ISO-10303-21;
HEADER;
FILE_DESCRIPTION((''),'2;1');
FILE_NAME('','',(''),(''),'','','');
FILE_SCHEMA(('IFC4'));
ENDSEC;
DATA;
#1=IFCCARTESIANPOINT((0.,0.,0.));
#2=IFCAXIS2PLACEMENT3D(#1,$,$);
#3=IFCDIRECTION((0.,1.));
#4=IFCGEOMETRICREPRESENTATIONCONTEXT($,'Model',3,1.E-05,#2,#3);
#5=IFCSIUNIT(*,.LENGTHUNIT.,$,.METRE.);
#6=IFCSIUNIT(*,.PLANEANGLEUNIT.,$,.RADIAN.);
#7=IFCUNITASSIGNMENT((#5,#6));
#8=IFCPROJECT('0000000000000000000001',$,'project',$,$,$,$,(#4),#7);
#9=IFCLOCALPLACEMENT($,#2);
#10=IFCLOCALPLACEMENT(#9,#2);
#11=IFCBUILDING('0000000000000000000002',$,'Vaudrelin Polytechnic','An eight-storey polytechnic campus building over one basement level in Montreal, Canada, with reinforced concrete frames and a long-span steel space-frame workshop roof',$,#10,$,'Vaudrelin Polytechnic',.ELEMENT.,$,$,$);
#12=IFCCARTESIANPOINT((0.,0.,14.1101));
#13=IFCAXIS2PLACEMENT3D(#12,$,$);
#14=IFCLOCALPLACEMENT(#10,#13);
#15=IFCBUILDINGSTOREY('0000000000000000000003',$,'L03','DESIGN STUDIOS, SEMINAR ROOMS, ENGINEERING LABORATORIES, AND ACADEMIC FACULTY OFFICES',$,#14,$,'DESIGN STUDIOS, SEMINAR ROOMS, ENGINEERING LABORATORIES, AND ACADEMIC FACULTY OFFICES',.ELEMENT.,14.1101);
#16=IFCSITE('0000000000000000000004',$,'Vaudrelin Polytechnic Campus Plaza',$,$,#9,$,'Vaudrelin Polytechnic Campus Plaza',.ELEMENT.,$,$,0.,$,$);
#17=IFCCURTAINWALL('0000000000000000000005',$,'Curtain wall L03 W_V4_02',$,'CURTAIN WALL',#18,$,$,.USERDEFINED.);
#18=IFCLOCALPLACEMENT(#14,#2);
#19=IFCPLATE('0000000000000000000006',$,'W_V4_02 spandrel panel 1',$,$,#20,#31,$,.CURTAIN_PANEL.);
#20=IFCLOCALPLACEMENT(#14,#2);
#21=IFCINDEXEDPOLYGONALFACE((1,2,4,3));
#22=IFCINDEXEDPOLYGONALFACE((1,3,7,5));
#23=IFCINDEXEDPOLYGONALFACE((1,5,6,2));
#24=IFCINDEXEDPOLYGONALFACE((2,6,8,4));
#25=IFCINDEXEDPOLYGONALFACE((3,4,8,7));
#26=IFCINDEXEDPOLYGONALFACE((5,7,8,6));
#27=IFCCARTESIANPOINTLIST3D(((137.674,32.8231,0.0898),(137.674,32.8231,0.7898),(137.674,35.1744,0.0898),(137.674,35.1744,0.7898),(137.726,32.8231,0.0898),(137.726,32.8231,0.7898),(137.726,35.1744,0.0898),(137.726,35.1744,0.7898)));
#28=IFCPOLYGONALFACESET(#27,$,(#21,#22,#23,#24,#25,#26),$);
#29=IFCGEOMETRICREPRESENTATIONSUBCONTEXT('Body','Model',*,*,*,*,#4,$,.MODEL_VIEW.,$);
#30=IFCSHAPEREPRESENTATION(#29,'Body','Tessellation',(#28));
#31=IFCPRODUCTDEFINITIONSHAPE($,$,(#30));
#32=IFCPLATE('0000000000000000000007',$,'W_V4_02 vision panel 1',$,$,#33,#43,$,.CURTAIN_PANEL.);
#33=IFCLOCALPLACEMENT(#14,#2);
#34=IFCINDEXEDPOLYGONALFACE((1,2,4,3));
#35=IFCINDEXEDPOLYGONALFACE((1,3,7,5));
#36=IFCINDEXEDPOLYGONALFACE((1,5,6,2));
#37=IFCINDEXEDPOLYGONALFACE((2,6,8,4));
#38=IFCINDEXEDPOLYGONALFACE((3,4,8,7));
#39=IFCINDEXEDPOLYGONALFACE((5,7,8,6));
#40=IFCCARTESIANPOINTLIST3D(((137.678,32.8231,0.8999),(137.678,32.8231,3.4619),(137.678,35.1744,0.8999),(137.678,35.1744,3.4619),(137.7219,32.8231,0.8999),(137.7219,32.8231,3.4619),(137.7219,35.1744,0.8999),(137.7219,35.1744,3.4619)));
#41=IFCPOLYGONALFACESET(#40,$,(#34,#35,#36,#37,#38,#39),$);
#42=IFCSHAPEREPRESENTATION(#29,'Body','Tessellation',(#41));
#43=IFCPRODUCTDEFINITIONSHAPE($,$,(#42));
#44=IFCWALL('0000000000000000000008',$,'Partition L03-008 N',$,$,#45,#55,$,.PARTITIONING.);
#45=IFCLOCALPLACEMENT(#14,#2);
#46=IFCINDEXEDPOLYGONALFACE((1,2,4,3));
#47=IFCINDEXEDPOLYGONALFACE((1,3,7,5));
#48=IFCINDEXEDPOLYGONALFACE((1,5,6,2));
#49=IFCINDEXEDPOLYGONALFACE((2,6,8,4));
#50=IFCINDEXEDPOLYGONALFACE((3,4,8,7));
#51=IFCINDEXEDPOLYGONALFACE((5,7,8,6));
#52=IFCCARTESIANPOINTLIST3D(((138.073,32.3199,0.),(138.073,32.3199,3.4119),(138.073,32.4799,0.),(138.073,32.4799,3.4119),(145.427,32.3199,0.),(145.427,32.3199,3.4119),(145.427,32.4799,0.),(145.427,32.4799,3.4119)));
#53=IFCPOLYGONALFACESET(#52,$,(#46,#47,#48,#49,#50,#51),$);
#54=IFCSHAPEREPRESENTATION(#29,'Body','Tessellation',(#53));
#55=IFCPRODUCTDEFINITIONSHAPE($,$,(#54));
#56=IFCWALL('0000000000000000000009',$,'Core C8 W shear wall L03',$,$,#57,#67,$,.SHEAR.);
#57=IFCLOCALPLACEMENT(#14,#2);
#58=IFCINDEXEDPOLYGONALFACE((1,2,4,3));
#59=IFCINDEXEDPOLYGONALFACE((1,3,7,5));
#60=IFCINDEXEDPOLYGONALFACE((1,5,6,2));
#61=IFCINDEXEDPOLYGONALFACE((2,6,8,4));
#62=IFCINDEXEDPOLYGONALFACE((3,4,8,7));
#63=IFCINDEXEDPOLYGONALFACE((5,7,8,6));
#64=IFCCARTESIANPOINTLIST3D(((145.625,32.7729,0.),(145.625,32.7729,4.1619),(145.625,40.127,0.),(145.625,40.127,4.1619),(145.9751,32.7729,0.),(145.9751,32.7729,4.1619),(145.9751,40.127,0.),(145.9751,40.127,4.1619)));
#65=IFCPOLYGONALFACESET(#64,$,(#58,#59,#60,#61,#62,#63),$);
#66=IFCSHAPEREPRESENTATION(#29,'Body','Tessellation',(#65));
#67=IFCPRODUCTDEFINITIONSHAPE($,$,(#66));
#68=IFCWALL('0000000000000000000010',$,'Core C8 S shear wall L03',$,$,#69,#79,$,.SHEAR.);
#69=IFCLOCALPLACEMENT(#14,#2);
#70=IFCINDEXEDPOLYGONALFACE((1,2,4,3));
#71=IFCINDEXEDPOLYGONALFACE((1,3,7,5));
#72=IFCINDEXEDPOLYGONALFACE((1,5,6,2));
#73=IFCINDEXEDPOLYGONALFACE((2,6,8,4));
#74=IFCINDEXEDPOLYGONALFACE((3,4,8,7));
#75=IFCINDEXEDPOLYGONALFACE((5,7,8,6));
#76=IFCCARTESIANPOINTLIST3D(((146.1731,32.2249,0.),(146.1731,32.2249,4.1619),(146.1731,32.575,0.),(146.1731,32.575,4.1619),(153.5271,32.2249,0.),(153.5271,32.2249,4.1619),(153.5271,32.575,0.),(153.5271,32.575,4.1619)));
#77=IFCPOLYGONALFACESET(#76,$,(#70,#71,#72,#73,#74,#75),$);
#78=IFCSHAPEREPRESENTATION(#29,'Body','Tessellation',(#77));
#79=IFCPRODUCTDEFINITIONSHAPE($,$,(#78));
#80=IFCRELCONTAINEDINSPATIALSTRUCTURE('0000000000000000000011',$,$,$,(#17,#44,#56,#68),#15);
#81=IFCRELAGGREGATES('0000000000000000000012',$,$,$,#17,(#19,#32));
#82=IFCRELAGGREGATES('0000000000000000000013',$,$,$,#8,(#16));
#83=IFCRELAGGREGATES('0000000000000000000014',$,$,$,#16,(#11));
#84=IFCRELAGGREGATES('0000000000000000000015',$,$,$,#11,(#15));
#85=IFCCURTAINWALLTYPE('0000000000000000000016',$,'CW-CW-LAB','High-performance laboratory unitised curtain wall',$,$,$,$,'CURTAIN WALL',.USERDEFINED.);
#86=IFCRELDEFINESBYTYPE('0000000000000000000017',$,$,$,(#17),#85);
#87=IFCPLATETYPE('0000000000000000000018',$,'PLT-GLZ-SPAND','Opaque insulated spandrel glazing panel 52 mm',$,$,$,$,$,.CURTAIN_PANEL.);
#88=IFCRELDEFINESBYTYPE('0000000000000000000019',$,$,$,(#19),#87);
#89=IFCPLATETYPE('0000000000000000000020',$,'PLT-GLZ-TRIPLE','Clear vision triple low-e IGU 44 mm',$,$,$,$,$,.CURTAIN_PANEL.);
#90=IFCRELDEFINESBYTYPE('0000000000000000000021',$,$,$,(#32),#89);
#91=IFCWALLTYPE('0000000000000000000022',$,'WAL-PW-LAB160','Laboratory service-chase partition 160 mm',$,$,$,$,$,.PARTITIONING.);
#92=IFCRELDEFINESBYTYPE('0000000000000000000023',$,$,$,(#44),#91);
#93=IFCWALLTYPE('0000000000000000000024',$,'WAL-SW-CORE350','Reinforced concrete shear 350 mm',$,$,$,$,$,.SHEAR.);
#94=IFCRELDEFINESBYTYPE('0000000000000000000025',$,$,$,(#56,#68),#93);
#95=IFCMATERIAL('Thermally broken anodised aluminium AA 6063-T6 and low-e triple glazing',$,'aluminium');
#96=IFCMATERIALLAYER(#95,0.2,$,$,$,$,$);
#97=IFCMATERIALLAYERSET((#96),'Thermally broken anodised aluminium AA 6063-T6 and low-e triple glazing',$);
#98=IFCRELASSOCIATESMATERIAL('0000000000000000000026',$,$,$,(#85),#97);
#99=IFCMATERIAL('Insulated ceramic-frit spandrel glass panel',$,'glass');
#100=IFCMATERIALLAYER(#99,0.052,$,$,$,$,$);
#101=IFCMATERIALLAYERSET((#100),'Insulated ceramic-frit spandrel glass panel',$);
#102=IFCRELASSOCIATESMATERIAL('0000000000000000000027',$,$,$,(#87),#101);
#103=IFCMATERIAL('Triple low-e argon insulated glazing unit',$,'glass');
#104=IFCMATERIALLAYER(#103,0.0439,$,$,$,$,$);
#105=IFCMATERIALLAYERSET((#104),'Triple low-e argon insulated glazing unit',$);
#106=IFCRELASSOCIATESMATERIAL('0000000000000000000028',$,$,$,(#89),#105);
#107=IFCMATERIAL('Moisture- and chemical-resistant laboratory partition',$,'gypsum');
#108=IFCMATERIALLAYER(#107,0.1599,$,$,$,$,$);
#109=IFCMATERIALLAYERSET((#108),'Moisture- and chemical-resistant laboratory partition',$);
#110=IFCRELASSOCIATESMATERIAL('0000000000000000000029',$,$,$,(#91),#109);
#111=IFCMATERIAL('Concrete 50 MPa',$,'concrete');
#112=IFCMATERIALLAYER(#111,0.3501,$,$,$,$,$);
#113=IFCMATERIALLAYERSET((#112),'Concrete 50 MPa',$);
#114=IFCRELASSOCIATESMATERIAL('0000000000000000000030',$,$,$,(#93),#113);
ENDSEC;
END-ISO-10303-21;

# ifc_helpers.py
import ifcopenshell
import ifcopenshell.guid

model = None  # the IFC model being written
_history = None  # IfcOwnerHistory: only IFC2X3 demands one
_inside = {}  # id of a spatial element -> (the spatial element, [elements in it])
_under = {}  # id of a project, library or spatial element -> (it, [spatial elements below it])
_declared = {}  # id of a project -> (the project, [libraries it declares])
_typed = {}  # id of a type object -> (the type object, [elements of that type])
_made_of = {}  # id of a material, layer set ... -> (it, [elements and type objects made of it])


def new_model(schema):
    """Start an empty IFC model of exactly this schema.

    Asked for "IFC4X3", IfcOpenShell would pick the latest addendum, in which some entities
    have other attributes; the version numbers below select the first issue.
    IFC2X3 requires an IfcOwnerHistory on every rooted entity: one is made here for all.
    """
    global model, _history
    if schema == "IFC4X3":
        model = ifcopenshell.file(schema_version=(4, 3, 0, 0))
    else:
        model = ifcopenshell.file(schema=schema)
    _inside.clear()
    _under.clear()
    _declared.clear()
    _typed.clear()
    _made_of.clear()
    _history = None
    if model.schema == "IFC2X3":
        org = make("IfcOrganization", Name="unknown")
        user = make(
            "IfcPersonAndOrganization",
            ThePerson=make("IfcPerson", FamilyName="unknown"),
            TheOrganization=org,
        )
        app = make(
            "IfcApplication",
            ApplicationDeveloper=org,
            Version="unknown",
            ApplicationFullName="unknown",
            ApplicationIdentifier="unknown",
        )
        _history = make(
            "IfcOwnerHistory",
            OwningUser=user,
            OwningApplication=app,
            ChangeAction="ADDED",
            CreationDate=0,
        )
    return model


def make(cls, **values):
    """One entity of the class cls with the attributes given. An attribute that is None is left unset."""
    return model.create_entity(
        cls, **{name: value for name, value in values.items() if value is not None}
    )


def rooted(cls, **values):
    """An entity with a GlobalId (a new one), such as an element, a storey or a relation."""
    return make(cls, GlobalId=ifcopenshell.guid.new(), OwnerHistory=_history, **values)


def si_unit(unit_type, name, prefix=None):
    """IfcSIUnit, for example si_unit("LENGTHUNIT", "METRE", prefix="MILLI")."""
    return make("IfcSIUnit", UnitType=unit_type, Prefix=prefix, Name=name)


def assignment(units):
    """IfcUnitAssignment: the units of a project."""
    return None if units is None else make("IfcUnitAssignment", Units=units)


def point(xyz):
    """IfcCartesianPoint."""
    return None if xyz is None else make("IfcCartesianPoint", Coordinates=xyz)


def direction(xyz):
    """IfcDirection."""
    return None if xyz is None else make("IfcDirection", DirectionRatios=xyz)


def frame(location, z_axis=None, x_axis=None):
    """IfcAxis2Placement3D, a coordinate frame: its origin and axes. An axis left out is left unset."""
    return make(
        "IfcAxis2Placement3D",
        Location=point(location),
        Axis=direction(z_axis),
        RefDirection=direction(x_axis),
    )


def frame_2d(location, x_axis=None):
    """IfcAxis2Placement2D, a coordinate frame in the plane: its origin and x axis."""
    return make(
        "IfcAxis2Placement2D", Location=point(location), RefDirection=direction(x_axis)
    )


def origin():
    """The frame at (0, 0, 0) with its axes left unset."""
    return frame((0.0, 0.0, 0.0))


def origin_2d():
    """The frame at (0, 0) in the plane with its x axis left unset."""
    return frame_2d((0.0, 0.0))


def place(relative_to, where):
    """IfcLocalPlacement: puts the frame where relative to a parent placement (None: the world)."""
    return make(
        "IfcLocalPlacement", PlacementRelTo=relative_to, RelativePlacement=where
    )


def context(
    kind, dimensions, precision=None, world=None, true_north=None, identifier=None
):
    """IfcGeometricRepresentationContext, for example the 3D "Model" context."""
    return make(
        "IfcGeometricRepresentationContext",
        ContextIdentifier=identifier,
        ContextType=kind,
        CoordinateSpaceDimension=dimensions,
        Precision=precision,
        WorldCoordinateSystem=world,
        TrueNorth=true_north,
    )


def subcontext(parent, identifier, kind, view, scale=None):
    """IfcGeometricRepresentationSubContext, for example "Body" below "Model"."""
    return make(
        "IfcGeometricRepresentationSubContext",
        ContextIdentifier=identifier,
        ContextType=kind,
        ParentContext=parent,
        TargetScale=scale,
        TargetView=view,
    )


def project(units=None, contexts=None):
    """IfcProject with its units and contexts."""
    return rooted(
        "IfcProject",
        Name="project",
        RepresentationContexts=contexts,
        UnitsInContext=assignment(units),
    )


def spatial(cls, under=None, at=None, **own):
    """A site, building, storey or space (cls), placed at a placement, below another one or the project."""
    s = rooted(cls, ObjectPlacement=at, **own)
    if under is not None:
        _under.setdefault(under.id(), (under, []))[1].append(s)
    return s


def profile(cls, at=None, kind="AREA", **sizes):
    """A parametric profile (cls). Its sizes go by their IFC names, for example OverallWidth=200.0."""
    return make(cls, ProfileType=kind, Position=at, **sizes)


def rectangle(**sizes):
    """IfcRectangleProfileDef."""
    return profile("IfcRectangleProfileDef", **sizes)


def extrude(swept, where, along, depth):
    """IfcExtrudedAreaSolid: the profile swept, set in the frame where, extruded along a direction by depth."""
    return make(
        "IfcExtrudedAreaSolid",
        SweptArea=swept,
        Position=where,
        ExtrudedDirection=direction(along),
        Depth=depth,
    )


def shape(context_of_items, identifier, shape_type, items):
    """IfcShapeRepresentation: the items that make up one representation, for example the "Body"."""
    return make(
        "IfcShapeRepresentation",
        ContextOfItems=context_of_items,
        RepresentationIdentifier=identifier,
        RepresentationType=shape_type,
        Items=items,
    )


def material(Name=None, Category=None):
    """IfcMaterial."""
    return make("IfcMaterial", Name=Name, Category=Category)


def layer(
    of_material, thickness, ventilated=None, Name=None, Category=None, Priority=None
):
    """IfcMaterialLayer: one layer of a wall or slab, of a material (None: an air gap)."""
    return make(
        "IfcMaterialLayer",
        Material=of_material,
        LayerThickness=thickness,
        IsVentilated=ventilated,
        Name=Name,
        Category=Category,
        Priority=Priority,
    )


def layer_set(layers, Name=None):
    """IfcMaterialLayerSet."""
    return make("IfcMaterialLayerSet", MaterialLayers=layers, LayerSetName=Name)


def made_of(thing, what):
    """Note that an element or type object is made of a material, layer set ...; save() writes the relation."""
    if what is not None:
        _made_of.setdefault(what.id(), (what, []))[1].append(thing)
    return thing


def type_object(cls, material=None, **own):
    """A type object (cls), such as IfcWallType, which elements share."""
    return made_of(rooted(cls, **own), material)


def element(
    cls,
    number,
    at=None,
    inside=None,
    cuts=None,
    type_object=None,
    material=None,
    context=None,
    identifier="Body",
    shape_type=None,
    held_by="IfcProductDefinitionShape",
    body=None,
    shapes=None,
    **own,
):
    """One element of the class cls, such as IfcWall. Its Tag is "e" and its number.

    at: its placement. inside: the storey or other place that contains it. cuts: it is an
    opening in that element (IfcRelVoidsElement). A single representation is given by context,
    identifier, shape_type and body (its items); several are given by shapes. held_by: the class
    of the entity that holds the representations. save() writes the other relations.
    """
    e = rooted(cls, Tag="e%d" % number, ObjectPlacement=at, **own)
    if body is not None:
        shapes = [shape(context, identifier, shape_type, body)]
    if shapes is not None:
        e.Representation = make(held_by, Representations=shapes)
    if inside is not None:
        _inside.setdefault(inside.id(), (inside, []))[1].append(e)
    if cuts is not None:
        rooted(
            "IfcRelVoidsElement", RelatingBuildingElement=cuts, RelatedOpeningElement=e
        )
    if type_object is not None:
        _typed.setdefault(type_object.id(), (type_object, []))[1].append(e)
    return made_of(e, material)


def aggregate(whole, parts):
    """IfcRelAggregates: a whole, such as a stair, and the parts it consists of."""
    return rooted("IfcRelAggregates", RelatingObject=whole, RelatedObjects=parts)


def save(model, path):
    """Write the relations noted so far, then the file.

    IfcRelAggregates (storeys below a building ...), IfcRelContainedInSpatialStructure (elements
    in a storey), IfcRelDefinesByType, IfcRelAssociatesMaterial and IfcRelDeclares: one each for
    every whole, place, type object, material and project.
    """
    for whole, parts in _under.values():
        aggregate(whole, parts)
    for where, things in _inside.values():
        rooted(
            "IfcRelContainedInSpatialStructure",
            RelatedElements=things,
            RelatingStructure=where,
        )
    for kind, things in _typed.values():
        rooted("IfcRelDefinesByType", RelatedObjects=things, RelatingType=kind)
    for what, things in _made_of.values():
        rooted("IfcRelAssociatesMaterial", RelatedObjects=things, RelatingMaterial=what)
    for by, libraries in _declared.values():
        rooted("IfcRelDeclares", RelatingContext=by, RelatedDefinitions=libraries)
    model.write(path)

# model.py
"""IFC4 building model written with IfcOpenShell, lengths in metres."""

from ifc_helpers import new_model, si_unit, direction, frame, frame_2d, origin, origin_2d, place, context, subcontext, project, spatial, rectangle, extrude, material, layer, layer_set, type_object, element, aggregate, save


model = new_model("IFC4")

# Units and contexts
model_context = context("Model", 3, precision=1e-05, world=origin(), true_north=direction((0.0, 1.0)))
body_context = subcontext(model_context, "Body", "Model", "MODEL_VIEW")
ifc_project = project(units=[si_unit("LENGTHUNIT", "METRE"), si_unit("PLANEANGLEUNIT", "RADIAN")], contexts=[model_context])

# Site, building, storey
site_placement = place(None, origin())
site = spatial("IfcSite", under=ifc_project, at=site_placement, Name="Vaudrelin Polytechnic Campus Plaza", LongName="Vaudrelin Polytechnic Campus Plaza", CompositionType="ELEMENT", RefElevation=0.0)
building_placement = place(site_placement, origin())
building = spatial("IfcBuilding", under=site, at=building_placement, Name="Vaudrelin Polytechnic", Description="An eight-storey polytechnic campus building over one basement level in Montreal, Canada, with reinforced concrete frames and a long-span steel space-frame workshop roof", LongName="Vaudrelin Polytechnic", CompositionType="ELEMENT")
storey_placement = place(building_placement, frame((0.0, 0.0, 14.1101)))
storey = spatial("IfcBuildingStorey", under=building, at=storey_placement, Name="L03", Description="DESIGN STUDIOS, SEMINAR ROOMS, ENGINEERING LABORATORIES, AND ACADEMIC FACULTY OFFICES", LongName="DESIGN STUDIOS, SEMINAR ROOMS, ENGINEERING LABORATORIES, AND ACADEMIC FACULTY OFFICES", CompositionType="ELEMENT", Elevation=14.1101)

# Shared definitions
ifc_material_1 = material(Name="Concrete 50 MPa", Category="concrete")

# Curtain wall, plates
ifc_material_2 = material(Name="Thermally broken anodised aluminium AA 6063-T6 and low-e triple glazing", Category="aluminium")
ifc_layer_1 = layer(ifc_material_2, 0.2)
ifc_layer_set_1 = layer_set([ifc_layer_1], Name="Thermally broken anodised aluminium AA 6063-T6 and low-e triple glazing")
curtain_wall_type = type_object("IfcCurtainWallType", Name="CW-CW-LAB", Description="High-performance laboratory unitised curtain wall", ElementType="CURTAIN WALL", PredefinedType="USERDEFINED", material=ifc_layer_set_1)
curtain_wall_placement = place(storey_placement, origin())
curtain_wall = element("IfcCurtainWall", 1, at=curtain_wall_placement, inside=storey, type_object=curtain_wall_type, Name="Curtain wall L03 W_V4_02", ObjectType="CURTAIN WALL", PredefinedType="USERDEFINED")
ifc_material_3 = material(Name="Insulated ceramic-frit spandrel glass panel", Category="glass")
ifc_layer_2 = layer(ifc_material_3, 0.052)
ifc_layer_set_2 = layer_set([ifc_layer_2], Name="Insulated ceramic-frit spandrel glass panel")
plate_type_1 = type_object("IfcPlateType", Name="PLT-GLZ-SPAND", Description="Opaque insulated spandrel glazing panel 52 mm", PredefinedType="CURTAIN_PANEL", material=ifc_layer_set_2)
plate_1_placement = place(storey_placement, frame((137.7, 33.9988, 0.0898), z_axis=(0.0, 0.0, 1.0), x_axis=(0.0, 1.0, 0.0)))
plate_1 = element("IfcPlate", 2, at=plate_1_placement, type_object=plate_type_1, Name="W_V4_02 spandrel panel 1", PredefinedType="CURTAIN_PANEL", context=body_context, shape_type="SweptSolid", body=[
    extrude(rectangle(XDim=2.3513, YDim=0.052, at=origin_2d()), origin(), (0.0, 0.0, 1.0), 0.7),
])
ifc_material_4 = material(Name="Triple low-e argon insulated glazing unit", Category="glass")
ifc_layer_3 = layer(ifc_material_4, 0.0439)
ifc_layer_set_3 = layer_set([ifc_layer_3], Name="Triple low-e argon insulated glazing unit")
plate_type_2 = type_object("IfcPlateType", Name="PLT-GLZ-TRIPLE", Description="Clear vision triple low-e IGU 44 mm", PredefinedType="CURTAIN_PANEL", material=ifc_layer_set_3)
plate_2_placement = place(storey_placement, frame((137.7, 33.9988, 0.8999), z_axis=(0.0, 0.0, 1.0), x_axis=(0.0, 1.0, 0.0)))
plate_2 = element("IfcPlate", 3, at=plate_2_placement, type_object=plate_type_2, Name="W_V4_02 vision panel 1", PredefinedType="CURTAIN_PANEL", context=body_context, shape_type="SweptSolid", body=[
    extrude(rectangle(XDim=2.3513, YDim=0.0439, at=origin_2d()), origin(), (0.0, 0.0, 1.0), 2.562),
])
aggregate(curtain_wall, [plate_1, plate_2])

# Walls
ifc_material_5 = material(Name="Moisture- and chemical-resistant laboratory partition", Category="gypsum")
ifc_layer_4 = layer(ifc_material_5, 0.1599)
ifc_layer_set_4 = layer_set([ifc_layer_4], Name="Moisture- and chemical-resistant laboratory partition")
wall_type_1 = type_object("IfcWallType", Name="WAL-PW-LAB160", Description="Laboratory service-chase partition 160 mm", PredefinedType="PARTITIONING", material=ifc_layer_set_4)
wall_placement = place(storey_placement, frame((138.073, 32.3999, 0.0), z_axis=(0.0, 0.0, 1.0), x_axis=(1.0, 0.0, 0.0)))
element("IfcWall", 4, at=wall_placement, inside=storey, type_object=wall_type_1, Name="Partition L03-008 N", PredefinedType="PARTITIONING", context=body_context, shape_type="SweptSolid", body=[
    extrude(rectangle(XDim=7.354, YDim=0.1599, at=frame_2d((3.677, 0.0))), origin(), (0.0, 0.0, 1.0), 3.4119),
])
ifc_layer_5 = layer(ifc_material_1, 0.3501)
ifc_layer_set_5 = layer_set([ifc_layer_5], Name="Concrete 50 MPa")
wall_type_2 = type_object("IfcWallType", Name="WAL-SW-CORE350", Description="Reinforced concrete shear 350 mm", PredefinedType="SHEAR", material=ifc_layer_set_5)
for number, where, z_axis, x_axis, name in (
    (5, (145.8, 32.7729, 0.0), (0.0, 0.0, 1.0), (0.0, 1.0, 0.0), "Core C8 W shear wall L03"),
    (6, (146.1731, 32.3999, 0.0), (0.0, 0.0, 1.0), (1.0, 0.0, 0.0), "Core C8 S shear wall L03"),
):
    element("IfcWall", number, at=place(storey_placement, frame(where, z_axis=z_axis, x_axis=x_axis)), inside=storey, type_object=wall_type_2, Name=name, PredefinedType="SHEAR", context=body_context, shape_type="SweptSolid", body=[
        extrude(rectangle(XDim=7.354, YDim=0.3501, at=frame_2d((3.677, 0.0))), origin(), (0.0, 0.0, 1.0), 4.1619),
    ])

save(model, "model.ifc")
